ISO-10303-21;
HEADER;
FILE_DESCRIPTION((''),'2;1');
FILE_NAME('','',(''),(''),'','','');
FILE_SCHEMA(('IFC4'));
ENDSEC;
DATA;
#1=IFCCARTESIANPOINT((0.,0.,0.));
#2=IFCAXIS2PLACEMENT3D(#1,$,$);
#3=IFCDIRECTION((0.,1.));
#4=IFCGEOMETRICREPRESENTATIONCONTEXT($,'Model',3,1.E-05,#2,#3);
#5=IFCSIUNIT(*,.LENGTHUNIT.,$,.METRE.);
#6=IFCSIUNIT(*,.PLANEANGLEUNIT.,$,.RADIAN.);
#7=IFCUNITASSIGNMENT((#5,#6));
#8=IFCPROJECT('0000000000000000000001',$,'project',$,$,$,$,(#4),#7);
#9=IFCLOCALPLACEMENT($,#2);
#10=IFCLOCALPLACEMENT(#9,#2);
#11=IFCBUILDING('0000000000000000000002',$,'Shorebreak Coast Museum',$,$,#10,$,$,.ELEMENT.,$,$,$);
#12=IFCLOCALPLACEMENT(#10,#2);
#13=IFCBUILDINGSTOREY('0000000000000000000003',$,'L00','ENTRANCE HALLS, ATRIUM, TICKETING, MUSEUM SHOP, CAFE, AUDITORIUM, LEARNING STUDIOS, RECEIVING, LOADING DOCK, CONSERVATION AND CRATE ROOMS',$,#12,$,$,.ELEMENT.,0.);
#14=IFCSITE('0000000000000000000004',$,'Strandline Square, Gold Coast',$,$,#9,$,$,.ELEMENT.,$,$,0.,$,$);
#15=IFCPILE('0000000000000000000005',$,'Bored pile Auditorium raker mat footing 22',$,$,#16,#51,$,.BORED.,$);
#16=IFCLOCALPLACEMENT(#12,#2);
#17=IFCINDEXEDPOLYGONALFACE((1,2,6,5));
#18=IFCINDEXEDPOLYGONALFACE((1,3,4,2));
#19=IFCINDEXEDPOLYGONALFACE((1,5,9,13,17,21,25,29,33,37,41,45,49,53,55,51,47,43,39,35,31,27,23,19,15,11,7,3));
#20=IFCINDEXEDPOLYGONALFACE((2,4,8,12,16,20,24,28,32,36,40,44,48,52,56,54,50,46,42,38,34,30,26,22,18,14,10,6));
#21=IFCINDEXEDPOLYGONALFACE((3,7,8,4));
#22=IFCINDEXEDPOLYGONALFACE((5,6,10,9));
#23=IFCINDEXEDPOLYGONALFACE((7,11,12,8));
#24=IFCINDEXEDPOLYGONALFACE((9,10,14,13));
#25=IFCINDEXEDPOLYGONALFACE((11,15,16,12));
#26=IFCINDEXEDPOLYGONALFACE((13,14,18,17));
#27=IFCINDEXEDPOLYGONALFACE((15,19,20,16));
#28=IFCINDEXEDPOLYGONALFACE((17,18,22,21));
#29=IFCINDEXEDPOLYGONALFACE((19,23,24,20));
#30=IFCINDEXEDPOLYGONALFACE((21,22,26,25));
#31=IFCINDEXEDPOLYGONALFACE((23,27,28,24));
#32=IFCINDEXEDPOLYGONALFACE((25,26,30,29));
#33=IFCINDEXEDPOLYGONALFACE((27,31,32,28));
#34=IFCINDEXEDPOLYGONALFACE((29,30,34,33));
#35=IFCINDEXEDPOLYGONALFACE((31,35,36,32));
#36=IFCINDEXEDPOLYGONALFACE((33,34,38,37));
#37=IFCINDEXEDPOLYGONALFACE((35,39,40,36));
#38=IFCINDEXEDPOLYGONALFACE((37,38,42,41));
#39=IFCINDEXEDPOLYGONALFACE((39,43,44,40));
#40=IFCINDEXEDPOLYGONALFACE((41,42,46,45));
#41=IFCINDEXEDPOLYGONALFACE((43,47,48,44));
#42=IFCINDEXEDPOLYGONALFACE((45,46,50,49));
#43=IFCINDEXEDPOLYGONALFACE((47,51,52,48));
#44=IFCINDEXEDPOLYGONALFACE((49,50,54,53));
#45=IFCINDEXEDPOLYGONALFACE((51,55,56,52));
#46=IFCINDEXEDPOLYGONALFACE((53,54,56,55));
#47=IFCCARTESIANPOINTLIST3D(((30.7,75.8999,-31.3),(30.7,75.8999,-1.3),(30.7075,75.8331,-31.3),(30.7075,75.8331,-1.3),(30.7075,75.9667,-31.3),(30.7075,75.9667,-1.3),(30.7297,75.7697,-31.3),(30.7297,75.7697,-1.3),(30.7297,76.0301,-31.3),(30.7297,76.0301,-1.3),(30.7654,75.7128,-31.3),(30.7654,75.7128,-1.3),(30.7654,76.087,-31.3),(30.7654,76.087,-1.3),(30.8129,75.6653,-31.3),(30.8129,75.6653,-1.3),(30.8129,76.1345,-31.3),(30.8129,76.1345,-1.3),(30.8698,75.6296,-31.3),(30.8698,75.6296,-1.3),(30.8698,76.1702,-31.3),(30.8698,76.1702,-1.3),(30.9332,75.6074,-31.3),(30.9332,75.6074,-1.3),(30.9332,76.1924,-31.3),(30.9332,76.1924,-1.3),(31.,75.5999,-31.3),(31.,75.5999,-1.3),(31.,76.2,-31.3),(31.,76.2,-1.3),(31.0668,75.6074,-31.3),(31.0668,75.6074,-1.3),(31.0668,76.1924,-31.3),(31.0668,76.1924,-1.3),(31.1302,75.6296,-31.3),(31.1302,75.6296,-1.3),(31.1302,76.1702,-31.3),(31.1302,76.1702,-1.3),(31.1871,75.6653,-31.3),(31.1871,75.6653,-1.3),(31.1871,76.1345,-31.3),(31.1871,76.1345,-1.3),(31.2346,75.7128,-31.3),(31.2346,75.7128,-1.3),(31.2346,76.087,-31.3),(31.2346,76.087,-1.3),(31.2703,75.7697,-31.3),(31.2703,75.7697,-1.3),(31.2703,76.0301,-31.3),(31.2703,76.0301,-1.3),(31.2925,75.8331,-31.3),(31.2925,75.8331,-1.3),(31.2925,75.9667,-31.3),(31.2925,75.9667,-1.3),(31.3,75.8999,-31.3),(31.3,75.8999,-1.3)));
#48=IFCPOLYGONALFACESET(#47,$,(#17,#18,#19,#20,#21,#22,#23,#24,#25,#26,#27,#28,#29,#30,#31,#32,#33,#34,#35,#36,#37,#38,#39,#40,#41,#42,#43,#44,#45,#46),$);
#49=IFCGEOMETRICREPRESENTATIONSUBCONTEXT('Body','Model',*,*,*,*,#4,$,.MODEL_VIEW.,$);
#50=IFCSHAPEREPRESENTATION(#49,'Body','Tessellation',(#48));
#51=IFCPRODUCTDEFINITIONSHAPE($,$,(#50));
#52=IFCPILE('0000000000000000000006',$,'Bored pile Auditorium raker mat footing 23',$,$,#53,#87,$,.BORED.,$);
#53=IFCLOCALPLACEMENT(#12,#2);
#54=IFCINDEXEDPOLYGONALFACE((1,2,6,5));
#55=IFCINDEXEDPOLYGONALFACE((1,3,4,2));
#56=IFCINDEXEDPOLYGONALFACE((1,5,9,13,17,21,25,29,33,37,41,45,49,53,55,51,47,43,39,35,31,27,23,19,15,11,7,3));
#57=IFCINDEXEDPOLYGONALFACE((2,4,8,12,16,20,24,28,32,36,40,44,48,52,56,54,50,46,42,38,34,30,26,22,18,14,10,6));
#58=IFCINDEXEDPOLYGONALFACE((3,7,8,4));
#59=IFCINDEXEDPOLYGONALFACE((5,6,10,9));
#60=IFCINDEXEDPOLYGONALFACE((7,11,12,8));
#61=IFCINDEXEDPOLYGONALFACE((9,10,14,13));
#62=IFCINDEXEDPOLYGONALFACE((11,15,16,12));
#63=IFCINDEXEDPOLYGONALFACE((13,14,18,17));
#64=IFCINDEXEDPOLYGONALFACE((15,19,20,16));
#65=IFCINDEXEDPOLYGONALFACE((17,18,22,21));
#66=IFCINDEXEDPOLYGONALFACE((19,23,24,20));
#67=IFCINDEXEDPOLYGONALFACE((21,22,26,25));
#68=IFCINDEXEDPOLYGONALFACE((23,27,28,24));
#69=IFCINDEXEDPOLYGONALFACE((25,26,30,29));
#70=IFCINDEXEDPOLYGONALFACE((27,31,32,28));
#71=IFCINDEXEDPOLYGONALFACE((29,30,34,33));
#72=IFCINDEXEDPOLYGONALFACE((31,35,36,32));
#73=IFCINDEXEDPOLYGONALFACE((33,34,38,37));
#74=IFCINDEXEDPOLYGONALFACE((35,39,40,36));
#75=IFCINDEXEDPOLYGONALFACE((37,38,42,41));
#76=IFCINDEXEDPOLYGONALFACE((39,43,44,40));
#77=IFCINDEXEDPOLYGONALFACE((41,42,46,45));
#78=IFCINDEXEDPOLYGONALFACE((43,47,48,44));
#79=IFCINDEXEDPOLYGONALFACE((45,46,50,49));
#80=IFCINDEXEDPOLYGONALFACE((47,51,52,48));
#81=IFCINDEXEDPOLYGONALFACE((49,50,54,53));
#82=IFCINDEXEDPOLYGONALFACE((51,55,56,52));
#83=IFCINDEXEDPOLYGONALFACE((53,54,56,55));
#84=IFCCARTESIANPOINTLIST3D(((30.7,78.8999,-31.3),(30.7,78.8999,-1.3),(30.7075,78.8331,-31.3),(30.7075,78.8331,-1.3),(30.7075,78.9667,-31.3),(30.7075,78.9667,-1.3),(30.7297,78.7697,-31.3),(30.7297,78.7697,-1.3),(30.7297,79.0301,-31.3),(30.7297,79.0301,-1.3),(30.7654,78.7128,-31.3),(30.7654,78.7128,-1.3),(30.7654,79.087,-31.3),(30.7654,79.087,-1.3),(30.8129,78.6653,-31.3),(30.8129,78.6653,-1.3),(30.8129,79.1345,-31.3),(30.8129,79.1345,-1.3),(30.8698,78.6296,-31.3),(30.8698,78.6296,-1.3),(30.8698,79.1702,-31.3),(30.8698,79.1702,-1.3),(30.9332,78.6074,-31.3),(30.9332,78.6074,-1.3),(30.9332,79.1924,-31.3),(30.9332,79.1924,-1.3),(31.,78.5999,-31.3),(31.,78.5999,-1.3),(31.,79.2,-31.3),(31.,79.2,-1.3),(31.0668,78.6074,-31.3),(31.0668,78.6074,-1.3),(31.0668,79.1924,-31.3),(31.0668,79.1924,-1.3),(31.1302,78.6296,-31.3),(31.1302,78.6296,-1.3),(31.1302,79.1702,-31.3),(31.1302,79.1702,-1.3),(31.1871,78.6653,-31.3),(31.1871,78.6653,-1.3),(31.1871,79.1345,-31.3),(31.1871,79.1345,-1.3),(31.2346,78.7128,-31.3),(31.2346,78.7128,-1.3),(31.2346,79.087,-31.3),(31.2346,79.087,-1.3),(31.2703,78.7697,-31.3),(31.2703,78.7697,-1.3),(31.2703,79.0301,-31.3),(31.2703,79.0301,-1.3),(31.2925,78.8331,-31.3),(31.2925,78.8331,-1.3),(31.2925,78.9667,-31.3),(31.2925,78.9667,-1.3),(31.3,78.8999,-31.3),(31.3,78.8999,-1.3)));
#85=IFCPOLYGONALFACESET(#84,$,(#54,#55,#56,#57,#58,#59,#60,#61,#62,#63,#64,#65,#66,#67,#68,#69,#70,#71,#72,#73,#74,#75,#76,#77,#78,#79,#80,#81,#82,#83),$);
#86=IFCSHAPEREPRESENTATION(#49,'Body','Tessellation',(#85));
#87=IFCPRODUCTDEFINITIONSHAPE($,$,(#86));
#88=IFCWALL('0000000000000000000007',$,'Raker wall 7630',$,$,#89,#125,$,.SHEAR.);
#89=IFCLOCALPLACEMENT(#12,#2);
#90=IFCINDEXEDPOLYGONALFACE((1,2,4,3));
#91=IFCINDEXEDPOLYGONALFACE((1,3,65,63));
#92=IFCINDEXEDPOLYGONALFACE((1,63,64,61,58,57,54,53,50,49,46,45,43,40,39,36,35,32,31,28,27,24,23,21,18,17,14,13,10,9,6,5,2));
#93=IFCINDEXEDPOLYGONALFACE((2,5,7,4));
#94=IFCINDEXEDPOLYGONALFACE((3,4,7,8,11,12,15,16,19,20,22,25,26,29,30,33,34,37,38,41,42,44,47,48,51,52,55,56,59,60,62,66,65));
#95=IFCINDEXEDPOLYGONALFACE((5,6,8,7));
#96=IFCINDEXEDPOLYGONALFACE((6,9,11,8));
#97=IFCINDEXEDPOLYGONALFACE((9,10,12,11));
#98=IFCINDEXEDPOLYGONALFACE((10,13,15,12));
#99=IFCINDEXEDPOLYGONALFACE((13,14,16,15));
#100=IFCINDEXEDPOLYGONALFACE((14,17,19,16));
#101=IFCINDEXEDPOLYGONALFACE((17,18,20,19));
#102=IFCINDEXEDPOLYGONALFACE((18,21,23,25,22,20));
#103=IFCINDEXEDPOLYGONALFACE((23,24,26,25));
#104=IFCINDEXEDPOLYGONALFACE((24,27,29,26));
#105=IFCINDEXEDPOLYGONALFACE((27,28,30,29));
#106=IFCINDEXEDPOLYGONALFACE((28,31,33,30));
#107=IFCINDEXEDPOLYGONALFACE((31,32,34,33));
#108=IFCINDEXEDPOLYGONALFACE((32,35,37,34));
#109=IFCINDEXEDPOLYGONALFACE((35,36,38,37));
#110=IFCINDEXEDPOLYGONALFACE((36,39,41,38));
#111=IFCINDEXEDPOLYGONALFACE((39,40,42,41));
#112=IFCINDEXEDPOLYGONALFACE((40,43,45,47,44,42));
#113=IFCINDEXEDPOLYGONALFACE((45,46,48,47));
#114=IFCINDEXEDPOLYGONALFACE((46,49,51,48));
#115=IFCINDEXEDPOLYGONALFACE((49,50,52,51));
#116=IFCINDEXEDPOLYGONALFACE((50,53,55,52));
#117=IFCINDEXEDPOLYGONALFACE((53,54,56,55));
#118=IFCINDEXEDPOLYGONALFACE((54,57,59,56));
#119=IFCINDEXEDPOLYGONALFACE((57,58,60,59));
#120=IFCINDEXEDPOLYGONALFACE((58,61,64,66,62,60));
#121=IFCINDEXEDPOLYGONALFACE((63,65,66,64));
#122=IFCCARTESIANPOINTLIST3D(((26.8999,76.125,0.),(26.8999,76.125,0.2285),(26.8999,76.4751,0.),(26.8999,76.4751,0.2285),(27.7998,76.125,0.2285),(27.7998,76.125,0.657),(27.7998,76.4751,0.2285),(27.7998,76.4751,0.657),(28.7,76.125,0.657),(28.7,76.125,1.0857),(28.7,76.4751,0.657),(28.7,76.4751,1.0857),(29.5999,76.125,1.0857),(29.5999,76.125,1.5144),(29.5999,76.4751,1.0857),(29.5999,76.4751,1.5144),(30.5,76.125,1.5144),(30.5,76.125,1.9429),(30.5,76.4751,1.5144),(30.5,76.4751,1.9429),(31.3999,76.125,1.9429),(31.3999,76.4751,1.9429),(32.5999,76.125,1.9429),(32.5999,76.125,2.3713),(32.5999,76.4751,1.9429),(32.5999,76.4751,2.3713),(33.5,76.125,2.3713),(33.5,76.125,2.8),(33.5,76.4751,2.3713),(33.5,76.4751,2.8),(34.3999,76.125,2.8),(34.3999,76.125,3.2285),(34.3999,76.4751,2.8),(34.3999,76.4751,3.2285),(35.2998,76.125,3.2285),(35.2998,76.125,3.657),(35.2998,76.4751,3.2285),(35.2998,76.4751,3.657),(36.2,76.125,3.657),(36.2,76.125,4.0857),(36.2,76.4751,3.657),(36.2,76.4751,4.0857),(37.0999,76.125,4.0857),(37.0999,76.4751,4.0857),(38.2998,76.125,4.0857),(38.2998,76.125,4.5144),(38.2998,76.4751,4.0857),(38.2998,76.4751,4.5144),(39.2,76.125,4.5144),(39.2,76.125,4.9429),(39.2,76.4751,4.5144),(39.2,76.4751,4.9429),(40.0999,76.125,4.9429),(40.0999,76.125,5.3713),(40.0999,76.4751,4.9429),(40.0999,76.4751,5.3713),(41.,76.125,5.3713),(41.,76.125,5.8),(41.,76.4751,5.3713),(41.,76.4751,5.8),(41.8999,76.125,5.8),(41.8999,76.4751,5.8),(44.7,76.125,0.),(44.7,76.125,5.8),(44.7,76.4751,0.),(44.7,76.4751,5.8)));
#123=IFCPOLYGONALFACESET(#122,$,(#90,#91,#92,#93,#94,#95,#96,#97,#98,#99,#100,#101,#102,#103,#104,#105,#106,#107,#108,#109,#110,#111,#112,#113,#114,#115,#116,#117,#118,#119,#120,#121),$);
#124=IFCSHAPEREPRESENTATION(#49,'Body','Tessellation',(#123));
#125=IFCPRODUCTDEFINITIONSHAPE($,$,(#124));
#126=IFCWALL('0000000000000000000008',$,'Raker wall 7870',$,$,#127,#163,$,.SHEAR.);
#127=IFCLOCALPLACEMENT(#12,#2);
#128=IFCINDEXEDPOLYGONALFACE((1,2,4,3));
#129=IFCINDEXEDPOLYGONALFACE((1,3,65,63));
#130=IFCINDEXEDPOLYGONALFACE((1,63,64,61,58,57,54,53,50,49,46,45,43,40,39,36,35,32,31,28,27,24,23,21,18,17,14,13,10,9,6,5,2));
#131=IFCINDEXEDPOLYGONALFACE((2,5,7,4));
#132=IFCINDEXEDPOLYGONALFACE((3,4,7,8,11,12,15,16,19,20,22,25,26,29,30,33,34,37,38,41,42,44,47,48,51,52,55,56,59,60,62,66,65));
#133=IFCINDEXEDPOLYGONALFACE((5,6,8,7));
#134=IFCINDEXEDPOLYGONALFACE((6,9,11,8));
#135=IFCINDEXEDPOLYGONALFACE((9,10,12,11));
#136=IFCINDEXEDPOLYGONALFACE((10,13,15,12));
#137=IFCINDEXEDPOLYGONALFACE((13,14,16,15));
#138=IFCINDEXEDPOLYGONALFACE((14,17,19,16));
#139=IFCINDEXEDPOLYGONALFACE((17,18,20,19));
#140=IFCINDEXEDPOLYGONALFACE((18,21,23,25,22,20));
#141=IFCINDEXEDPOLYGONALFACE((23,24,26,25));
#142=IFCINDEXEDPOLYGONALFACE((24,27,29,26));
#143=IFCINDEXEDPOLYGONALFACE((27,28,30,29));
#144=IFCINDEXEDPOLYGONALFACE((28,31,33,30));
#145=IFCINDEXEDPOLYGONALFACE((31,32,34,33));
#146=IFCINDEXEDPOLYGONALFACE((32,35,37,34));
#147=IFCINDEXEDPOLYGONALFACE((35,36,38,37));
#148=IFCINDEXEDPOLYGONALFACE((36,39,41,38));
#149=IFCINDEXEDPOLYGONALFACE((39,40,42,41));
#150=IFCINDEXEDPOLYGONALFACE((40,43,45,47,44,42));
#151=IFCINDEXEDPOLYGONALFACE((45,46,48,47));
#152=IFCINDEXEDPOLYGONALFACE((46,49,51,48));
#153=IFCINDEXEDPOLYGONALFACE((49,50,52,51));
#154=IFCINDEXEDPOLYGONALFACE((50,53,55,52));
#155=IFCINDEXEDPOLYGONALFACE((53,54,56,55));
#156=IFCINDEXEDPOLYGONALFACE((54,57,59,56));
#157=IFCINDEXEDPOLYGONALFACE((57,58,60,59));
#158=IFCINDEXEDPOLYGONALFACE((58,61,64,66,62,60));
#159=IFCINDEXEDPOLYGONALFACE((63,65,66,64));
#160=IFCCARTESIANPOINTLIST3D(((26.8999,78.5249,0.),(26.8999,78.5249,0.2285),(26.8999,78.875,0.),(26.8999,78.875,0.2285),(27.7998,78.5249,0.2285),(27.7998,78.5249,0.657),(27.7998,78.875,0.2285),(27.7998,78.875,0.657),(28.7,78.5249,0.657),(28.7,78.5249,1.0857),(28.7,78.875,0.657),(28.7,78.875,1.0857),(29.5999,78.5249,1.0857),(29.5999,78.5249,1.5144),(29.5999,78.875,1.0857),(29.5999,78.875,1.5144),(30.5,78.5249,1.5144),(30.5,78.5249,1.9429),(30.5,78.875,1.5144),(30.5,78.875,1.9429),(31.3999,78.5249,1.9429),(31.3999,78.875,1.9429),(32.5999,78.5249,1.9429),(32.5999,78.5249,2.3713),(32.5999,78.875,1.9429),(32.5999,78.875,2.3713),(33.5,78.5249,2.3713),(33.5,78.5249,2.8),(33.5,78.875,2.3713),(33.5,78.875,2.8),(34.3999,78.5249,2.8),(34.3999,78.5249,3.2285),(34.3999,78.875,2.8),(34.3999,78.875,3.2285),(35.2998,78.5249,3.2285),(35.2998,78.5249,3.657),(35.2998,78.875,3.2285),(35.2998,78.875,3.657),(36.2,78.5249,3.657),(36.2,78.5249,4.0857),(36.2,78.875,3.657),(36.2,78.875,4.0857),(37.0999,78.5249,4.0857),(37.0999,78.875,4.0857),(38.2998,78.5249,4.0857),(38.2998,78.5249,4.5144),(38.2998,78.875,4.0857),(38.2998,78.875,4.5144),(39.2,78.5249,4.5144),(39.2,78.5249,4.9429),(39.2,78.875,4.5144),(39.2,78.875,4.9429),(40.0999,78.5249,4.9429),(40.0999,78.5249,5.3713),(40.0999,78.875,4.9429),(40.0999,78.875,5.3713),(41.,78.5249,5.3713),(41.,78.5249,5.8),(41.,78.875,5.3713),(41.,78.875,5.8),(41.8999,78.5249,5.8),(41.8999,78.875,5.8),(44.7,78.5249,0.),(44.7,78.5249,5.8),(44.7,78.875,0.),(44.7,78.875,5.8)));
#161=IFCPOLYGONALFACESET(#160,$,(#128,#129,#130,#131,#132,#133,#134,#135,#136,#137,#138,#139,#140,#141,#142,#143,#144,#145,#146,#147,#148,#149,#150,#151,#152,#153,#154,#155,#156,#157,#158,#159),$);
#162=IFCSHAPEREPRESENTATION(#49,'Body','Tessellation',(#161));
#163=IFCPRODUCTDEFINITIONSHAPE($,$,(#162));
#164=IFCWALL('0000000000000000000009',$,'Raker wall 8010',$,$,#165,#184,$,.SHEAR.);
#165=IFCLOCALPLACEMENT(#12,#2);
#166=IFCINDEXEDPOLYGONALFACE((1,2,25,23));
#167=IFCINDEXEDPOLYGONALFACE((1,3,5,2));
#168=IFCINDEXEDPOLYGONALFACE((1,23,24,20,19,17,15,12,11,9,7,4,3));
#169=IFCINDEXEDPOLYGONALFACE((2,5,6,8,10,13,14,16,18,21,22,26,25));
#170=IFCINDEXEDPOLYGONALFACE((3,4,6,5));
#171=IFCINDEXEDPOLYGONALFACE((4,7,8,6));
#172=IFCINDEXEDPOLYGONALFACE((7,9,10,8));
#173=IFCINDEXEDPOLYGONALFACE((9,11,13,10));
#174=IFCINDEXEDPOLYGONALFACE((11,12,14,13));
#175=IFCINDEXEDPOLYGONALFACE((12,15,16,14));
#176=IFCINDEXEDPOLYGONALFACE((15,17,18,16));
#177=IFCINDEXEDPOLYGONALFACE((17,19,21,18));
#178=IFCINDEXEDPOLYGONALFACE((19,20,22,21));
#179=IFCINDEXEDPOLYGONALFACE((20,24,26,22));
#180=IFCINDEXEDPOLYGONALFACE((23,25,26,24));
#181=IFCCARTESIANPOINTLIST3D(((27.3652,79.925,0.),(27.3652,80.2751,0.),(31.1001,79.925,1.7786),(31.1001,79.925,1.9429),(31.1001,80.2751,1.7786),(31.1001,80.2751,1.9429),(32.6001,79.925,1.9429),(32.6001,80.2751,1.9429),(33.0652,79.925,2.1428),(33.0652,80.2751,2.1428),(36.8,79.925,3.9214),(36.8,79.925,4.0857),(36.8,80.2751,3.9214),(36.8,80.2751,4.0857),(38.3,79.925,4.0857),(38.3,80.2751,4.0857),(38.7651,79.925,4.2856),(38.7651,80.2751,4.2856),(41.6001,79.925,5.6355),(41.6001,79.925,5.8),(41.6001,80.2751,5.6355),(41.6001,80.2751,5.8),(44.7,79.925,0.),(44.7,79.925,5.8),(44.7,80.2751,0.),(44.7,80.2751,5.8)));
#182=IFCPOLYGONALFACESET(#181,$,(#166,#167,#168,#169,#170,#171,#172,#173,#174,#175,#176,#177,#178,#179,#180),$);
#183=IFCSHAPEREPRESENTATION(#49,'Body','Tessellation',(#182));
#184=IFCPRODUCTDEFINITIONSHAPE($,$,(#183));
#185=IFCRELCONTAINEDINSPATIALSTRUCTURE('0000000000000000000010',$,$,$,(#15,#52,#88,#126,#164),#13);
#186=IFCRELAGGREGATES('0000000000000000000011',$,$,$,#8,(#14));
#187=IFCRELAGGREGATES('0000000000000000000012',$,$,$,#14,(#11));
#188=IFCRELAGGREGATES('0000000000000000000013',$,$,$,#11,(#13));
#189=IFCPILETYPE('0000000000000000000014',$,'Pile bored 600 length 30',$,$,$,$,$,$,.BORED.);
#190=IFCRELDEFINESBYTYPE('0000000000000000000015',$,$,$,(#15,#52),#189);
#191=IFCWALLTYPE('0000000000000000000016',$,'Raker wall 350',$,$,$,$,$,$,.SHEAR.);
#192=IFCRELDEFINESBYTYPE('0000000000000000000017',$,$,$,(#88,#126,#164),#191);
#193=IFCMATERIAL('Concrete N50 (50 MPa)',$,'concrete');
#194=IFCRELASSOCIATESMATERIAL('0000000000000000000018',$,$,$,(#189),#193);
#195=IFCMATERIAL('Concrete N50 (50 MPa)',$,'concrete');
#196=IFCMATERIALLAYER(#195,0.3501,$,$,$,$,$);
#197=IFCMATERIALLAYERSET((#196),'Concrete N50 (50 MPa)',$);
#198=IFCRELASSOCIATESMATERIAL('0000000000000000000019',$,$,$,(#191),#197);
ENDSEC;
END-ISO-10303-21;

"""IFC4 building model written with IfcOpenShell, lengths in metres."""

from ifc_helpers import new_model, si_unit, direction, frame, origin, origin_2d, place, context, subcontext, project, spatial, polyline, circle, outline, extrude, material, layer, layer_set, material_profile, profile_set, type_object, element, save


model = new_model("IFC4")

# Units and contexts
model_context = context("Model", 3, precision=1e-05, world=origin(), true_north=direction((0.0, 1.0)))
body_context = subcontext(model_context, "Body", "Model", "MODEL_VIEW")
ifc_project = project(units=[si_unit("LENGTHUNIT", "METRE"), si_unit("PLANEANGLEUNIT", "RADIAN")], contexts=[model_context])

# Site, building, storey
site_placement = place(None, origin())
site = spatial("IfcSite", under=ifc_project, at=site_placement, Name="Strandline Square, Gold Coast", CompositionType="ELEMENT", RefElevation=0.0)
building_placement = place(site_placement, origin())
building = spatial("IfcBuilding", under=site, at=building_placement, Name="Shorebreak Coast Museum", CompositionType="ELEMENT")
storey_placement = place(building_placement, origin())
storey = spatial("IfcBuildingStorey", under=building, at=storey_placement, Name="L00", Description="ENTRANCE HALLS, ATRIUM, TICKETING, MUSEUM SHOP, CAFE, AUDITORIUM, LEARNING STUDIOS, RECEIVING, LOADING DOCK, CONSERVATION AND CRATE ROOMS", CompositionType="ELEMENT", Elevation=0.0)

# Piles
ifc_material_1 = material(Name="Concrete N50 (50 MPa)", Category="concrete")
ifc_material_profile_1 = material_profile(ifc_material_1, circle(Radius=0.3, at=origin_2d()), Name="Pile bored 600 length 30")
ifc_profile_set_1 = profile_set([ifc_material_profile_1], Name="Concrete N50 (50 MPa)")
pile_type_1 = type_object("IfcPileType", Name="Pile bored 600 length 30", PredefinedType="BORED", material=ifc_profile_set_1)
for number, where, z_axis, x_axis, name in (
    (1, (31.0, 75.8999, -1.3), (0.0, 0.0, -1.0), (1.0, 0.0, 0.0), "Bored pile Auditorium raker mat footing 22"),
    (2, (31.0, 78.8999, -1.3), (0.0, 0.0, -1.0), (1.0, 0.0, 0.0), "Bored pile Auditorium raker mat footing 23"),
):
    element("IfcPile", number, at=place(storey_placement, frame(where, z_axis=z_axis, x_axis=x_axis)), inside=storey, type_object=pile_type_1, Name=name, PredefinedType="BORED", context=body_context, shape_type="SweptSolid", body=[
        extrude(circle(Radius=0.3, at=origin_2d()), origin(), (0.0, 0.0, 1.0), 30.0),
    ])

# Walls
ifc_material_2 = material(Name="Concrete N50 (50 MPa)", Category="concrete")
ifc_layer_1 = layer(ifc_material_2, 0.3501)
ifc_layer_set_1 = layer_set([ifc_layer_1], Name="Concrete N50 (50 MPa)")
wall_type_1 = type_object("IfcWallType", Name="Raker wall 350", PredefinedType="SHEAR", material=ifc_layer_set_1)
for number, where, z_axis, x_axis, name in (
    (3, (26.8999, 76.3, 0.0), (0.0, 0.0, 1.0), (1.0, 0.0, 0.0), "Raker wall 7630"),
    (4, (26.8999, 78.7, 0.0), (0.0, 0.0, 1.0), (1.0, 0.0, 0.0), "Raker wall 7870"),
):
    element("IfcWall", number, at=place(storey_placement, frame(where, z_axis=z_axis, x_axis=x_axis)), inside=storey, type_object=wall_type_1, Name=name, PredefinedType="SHEAR", context=body_context, shape_type="SweptSolid", body=[
        extrude(outline(polyline([(0.0, 0.0), (17.8, 0.0), (17.8, 5.8), (15.0, 5.8), (14.1001, 5.8), (14.1001, 5.3713), (13.2, 5.3713), (13.2, 4.9429), (12.3, 4.9429), (12.3, 4.5144), (11.3999, 4.5144), (11.3999, 4.0857), (10.2, 4.0857), (9.3, 4.0857), (9.3, 3.657), (8.3999, 3.657), (8.3999, 3.2285), (7.5, 3.2285), (7.5, 2.8), (6.6001, 2.8), (6.6001, 2.3713), (5.7, 2.3713), (5.7, 1.9429), (4.5, 1.9429), (3.6001, 1.9429), (3.6001, 1.5144), (2.7, 1.5144), (2.7, 1.0857), (1.8, 1.0857), (1.8, 0.657), (0.8999, 0.657), (0.8999, 0.2285), (0.0, 0.2285), (0.0, 0.0)])), frame((0.0, 0.175, 0.0), z_axis=(0.0, -1.0, 0.0), x_axis=(1.0, 0.0, 0.0)), (0.0, 0.0, 1.0), 0.3501),
    ])
wall_1_placement = place(storey_placement, frame((27.3652, 80.1001, 0.0), z_axis=(0.0, 0.0, 1.0), x_axis=(1.0, 0.0, 0.0)))
element("IfcWall", 5, at=wall_1_placement, inside=storey, type_object=wall_type_1, Name="Raker wall 8010", PredefinedType="SHEAR", context=body_context, shape_type="SweptSolid", body=[
    extrude(outline(polyline([(0.0, 0.0), (17.3347, 0.0), (17.3347, 5.8), (14.2349, 5.8), (14.2349, 5.6355), (11.3999, 4.2856), (10.9348, 4.0857), (9.4348, 4.0857), (9.4348, 3.9214), (5.7, 2.1428), (5.2349, 1.9429), (3.7349, 1.9429), (3.7349, 1.7786), (0.0, 0.0), (0.0, 0.0)])), frame((0.0, 0.175, 0.0), z_axis=(0.0, -1.0, 0.0), x_axis=(1.0, 0.0, 0.0)), (0.0, 0.0, 1.0), 0.3501),
])

save(model, "model.ifc")
